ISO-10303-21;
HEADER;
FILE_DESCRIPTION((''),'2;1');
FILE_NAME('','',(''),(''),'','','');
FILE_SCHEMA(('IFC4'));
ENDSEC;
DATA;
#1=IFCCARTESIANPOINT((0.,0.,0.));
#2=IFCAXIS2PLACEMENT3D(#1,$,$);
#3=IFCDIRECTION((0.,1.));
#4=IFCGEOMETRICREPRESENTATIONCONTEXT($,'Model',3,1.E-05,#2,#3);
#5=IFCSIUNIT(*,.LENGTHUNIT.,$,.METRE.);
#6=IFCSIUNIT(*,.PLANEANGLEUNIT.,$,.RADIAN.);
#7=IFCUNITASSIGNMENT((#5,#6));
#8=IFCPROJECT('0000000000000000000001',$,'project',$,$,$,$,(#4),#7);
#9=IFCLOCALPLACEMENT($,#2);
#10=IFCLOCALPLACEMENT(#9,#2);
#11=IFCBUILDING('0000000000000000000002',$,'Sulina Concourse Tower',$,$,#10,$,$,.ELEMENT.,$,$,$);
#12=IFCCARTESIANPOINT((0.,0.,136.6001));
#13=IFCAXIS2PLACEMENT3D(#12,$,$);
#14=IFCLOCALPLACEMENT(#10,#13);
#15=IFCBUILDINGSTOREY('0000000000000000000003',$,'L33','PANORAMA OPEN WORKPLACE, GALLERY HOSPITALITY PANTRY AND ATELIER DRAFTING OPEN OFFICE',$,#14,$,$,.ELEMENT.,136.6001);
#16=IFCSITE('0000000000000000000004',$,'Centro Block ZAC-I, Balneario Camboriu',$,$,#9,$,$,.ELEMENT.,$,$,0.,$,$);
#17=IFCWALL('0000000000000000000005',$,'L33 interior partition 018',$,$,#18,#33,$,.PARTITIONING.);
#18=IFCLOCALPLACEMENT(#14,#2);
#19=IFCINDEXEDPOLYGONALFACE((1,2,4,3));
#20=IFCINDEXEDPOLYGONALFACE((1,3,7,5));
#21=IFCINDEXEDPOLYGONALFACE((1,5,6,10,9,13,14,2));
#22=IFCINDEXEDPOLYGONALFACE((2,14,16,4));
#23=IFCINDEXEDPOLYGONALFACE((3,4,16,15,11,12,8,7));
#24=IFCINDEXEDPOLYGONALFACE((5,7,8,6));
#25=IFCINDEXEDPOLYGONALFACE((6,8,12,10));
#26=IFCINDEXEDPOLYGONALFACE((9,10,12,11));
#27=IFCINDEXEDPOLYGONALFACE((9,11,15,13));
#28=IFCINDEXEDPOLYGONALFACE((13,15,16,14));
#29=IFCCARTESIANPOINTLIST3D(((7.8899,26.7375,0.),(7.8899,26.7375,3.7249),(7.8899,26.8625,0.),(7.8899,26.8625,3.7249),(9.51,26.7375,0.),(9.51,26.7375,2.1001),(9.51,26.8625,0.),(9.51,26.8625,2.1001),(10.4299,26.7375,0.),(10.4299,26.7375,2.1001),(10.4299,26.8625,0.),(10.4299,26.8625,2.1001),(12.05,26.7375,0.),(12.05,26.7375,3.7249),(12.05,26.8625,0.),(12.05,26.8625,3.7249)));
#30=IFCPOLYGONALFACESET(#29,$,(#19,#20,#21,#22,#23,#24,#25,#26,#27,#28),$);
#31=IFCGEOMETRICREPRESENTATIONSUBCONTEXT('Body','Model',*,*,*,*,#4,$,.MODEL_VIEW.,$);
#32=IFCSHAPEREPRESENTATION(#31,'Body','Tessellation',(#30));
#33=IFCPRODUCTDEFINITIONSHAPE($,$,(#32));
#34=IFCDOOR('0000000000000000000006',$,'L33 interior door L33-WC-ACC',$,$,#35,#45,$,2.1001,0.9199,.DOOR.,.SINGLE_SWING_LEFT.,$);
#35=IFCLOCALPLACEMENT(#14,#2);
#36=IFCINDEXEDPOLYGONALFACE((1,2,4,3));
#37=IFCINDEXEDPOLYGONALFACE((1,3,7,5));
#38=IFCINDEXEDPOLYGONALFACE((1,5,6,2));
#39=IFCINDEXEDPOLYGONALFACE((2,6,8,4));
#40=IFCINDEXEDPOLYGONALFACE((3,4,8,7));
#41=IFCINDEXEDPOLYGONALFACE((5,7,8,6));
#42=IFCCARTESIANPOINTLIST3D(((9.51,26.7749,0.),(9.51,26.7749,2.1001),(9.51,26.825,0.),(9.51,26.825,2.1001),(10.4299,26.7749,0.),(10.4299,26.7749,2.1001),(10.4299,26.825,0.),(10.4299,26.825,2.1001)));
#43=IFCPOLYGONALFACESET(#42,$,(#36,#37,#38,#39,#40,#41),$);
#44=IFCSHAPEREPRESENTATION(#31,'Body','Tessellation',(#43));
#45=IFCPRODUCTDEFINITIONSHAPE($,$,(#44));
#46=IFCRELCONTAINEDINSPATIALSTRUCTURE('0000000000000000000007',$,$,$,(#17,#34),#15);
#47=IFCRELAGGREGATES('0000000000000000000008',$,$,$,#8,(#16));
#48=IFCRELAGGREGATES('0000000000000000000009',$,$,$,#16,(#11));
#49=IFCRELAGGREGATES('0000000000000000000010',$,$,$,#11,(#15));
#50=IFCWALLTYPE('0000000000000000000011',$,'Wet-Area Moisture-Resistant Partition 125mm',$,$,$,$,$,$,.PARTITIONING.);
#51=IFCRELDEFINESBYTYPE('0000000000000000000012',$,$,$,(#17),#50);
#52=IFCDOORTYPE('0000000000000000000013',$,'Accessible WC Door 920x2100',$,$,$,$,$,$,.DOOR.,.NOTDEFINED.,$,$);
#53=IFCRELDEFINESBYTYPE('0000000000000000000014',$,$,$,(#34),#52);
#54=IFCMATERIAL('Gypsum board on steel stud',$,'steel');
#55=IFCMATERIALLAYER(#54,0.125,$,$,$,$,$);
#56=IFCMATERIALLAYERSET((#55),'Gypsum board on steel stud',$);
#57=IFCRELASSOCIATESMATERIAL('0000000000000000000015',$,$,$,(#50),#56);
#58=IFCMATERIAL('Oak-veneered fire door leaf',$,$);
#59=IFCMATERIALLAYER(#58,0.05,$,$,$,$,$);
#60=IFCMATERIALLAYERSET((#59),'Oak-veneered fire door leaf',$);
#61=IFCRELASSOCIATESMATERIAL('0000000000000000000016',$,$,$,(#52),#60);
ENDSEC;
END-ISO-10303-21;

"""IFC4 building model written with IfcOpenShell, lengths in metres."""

from ifc_helpers import new_model, si_unit, direction, frame, frame_2d, origin, place, context, subcontext, project, spatial, rectangle, extrude, material, layer, layer_set, type_object, element, fill, save


model = new_model("IFC4")

# Units and contexts
model_context = context("Model", 3, precision=1e-05, world=origin(), true_north=direction((0.0, 1.0)))
body_context = subcontext(model_context, "Body", "Model", "MODEL_VIEW")
ifc_project = project(units=[si_unit("LENGTHUNIT", "METRE"), si_unit("PLANEANGLEUNIT", "RADIAN")], contexts=[model_context])

# Site, building, storey
site_placement = place(None, origin())
site = spatial("IfcSite", under=ifc_project, at=site_placement, Name="Centro Block ZAC-I, Balneario Camboriu", CompositionType="ELEMENT", RefElevation=0.0)
building_placement = place(site_placement, origin())
building = spatial("IfcBuilding", under=site, at=building_placement, Name="Sulina Concourse Tower", CompositionType="ELEMENT")
storey_placement = place(building_placement, frame((0.0, 0.0, 136.6001)))
storey = spatial("IfcBuildingStorey", under=building, at=storey_placement, Name="L33", Description="PANORAMA OPEN WORKPLACE, GALLERY HOSPITALITY PANTRY AND ATELIER DRAFTING OPEN OFFICE", CompositionType="ELEMENT", Elevation=136.6001)

# Wall, opening, door
ifc_material_1 = material(Name="Gypsum board on steel stud", Category="steel")
ifc_layer_1 = layer(ifc_material_1, 0.125)
ifc_layer_set_1 = layer_set([ifc_layer_1], Name="Gypsum board on steel stud")
wall_type_1 = type_object("IfcWallType", Name="Wet-Area Moisture-Resistant Partition 125mm", PredefinedType="PARTITIONING", material=ifc_layer_set_1)
wall_1_placement = place(storey_placement, frame((7.8899, 26.8, 0.0), z_axis=(0.0, 0.0, 1.0), x_axis=(1.0, 0.0, 0.0)))
wall_1 = element("IfcWall", 1, at=wall_1_placement, inside=storey, type_object=wall_type_1, Name="L33 interior partition 018", PredefinedType="PARTITIONING", context=body_context, shape_type="SweptSolid", body=[
    extrude(rectangle(XDim=4.1602, YDim=0.125, at=frame_2d((2.0801, 0.0))), origin(), (0.0, 0.0, 1.0), 3.7249),
])
opening_1_placement = place(wall_1_placement, frame((1.6201, 0.0, 0.0)))
opening_1 = element("IfcOpeningElement", 2, at=opening_1_placement, cuts=wall_1, PredefinedType="OPENING", context=body_context, shape_type="SweptSolid", body=[
    extrude(rectangle(XDim=0.9199, YDim=2.1001, at=frame_2d((0.46, 1.05))), frame((0.0, 0.0725, 0.0), z_axis=(0.0, -1.0, 0.0), x_axis=(1.0, 0.0, 0.0)), (0.0, 0.0, 1.0), 0.145),
])
ifc_material_2 = material(Name="Oak-veneered fire door leaf")
ifc_layer_2 = layer(ifc_material_2, 0.05)
ifc_layer_set_2 = layer_set([ifc_layer_2], Name="Oak-veneered fire door leaf")
door_type_1 = type_object("IfcDoorType", Name="Accessible WC Door 920x2100", OperationType="NOTDEFINED", PredefinedType="DOOR", material=ifc_layer_set_2)
door_1_placement = place(opening_1_placement, origin())
door_1 = element("IfcDoor", 3, at=door_1_placement, inside=storey, type_object=door_type_1, Name="L33 interior door L33-WC-ACC", OperationType="SINGLE_SWING_LEFT", OverallHeight=2.1001, OverallWidth=0.9199, PredefinedType="DOOR", context=body_context, shape_type="SweptSolid", body=[
    extrude(rectangle(XDim=0.9199, YDim=2.1001, at=frame_2d((0.46, 1.05))), frame((0.0, 0.0249, 0.0), z_axis=(0.0, -1.0, 0.0), x_axis=(1.0, 0.0, 0.0)), (0.0, 0.0, 1.0), 0.05),
])
fill(opening_1, door_1)

save(model, "model.ifc")
